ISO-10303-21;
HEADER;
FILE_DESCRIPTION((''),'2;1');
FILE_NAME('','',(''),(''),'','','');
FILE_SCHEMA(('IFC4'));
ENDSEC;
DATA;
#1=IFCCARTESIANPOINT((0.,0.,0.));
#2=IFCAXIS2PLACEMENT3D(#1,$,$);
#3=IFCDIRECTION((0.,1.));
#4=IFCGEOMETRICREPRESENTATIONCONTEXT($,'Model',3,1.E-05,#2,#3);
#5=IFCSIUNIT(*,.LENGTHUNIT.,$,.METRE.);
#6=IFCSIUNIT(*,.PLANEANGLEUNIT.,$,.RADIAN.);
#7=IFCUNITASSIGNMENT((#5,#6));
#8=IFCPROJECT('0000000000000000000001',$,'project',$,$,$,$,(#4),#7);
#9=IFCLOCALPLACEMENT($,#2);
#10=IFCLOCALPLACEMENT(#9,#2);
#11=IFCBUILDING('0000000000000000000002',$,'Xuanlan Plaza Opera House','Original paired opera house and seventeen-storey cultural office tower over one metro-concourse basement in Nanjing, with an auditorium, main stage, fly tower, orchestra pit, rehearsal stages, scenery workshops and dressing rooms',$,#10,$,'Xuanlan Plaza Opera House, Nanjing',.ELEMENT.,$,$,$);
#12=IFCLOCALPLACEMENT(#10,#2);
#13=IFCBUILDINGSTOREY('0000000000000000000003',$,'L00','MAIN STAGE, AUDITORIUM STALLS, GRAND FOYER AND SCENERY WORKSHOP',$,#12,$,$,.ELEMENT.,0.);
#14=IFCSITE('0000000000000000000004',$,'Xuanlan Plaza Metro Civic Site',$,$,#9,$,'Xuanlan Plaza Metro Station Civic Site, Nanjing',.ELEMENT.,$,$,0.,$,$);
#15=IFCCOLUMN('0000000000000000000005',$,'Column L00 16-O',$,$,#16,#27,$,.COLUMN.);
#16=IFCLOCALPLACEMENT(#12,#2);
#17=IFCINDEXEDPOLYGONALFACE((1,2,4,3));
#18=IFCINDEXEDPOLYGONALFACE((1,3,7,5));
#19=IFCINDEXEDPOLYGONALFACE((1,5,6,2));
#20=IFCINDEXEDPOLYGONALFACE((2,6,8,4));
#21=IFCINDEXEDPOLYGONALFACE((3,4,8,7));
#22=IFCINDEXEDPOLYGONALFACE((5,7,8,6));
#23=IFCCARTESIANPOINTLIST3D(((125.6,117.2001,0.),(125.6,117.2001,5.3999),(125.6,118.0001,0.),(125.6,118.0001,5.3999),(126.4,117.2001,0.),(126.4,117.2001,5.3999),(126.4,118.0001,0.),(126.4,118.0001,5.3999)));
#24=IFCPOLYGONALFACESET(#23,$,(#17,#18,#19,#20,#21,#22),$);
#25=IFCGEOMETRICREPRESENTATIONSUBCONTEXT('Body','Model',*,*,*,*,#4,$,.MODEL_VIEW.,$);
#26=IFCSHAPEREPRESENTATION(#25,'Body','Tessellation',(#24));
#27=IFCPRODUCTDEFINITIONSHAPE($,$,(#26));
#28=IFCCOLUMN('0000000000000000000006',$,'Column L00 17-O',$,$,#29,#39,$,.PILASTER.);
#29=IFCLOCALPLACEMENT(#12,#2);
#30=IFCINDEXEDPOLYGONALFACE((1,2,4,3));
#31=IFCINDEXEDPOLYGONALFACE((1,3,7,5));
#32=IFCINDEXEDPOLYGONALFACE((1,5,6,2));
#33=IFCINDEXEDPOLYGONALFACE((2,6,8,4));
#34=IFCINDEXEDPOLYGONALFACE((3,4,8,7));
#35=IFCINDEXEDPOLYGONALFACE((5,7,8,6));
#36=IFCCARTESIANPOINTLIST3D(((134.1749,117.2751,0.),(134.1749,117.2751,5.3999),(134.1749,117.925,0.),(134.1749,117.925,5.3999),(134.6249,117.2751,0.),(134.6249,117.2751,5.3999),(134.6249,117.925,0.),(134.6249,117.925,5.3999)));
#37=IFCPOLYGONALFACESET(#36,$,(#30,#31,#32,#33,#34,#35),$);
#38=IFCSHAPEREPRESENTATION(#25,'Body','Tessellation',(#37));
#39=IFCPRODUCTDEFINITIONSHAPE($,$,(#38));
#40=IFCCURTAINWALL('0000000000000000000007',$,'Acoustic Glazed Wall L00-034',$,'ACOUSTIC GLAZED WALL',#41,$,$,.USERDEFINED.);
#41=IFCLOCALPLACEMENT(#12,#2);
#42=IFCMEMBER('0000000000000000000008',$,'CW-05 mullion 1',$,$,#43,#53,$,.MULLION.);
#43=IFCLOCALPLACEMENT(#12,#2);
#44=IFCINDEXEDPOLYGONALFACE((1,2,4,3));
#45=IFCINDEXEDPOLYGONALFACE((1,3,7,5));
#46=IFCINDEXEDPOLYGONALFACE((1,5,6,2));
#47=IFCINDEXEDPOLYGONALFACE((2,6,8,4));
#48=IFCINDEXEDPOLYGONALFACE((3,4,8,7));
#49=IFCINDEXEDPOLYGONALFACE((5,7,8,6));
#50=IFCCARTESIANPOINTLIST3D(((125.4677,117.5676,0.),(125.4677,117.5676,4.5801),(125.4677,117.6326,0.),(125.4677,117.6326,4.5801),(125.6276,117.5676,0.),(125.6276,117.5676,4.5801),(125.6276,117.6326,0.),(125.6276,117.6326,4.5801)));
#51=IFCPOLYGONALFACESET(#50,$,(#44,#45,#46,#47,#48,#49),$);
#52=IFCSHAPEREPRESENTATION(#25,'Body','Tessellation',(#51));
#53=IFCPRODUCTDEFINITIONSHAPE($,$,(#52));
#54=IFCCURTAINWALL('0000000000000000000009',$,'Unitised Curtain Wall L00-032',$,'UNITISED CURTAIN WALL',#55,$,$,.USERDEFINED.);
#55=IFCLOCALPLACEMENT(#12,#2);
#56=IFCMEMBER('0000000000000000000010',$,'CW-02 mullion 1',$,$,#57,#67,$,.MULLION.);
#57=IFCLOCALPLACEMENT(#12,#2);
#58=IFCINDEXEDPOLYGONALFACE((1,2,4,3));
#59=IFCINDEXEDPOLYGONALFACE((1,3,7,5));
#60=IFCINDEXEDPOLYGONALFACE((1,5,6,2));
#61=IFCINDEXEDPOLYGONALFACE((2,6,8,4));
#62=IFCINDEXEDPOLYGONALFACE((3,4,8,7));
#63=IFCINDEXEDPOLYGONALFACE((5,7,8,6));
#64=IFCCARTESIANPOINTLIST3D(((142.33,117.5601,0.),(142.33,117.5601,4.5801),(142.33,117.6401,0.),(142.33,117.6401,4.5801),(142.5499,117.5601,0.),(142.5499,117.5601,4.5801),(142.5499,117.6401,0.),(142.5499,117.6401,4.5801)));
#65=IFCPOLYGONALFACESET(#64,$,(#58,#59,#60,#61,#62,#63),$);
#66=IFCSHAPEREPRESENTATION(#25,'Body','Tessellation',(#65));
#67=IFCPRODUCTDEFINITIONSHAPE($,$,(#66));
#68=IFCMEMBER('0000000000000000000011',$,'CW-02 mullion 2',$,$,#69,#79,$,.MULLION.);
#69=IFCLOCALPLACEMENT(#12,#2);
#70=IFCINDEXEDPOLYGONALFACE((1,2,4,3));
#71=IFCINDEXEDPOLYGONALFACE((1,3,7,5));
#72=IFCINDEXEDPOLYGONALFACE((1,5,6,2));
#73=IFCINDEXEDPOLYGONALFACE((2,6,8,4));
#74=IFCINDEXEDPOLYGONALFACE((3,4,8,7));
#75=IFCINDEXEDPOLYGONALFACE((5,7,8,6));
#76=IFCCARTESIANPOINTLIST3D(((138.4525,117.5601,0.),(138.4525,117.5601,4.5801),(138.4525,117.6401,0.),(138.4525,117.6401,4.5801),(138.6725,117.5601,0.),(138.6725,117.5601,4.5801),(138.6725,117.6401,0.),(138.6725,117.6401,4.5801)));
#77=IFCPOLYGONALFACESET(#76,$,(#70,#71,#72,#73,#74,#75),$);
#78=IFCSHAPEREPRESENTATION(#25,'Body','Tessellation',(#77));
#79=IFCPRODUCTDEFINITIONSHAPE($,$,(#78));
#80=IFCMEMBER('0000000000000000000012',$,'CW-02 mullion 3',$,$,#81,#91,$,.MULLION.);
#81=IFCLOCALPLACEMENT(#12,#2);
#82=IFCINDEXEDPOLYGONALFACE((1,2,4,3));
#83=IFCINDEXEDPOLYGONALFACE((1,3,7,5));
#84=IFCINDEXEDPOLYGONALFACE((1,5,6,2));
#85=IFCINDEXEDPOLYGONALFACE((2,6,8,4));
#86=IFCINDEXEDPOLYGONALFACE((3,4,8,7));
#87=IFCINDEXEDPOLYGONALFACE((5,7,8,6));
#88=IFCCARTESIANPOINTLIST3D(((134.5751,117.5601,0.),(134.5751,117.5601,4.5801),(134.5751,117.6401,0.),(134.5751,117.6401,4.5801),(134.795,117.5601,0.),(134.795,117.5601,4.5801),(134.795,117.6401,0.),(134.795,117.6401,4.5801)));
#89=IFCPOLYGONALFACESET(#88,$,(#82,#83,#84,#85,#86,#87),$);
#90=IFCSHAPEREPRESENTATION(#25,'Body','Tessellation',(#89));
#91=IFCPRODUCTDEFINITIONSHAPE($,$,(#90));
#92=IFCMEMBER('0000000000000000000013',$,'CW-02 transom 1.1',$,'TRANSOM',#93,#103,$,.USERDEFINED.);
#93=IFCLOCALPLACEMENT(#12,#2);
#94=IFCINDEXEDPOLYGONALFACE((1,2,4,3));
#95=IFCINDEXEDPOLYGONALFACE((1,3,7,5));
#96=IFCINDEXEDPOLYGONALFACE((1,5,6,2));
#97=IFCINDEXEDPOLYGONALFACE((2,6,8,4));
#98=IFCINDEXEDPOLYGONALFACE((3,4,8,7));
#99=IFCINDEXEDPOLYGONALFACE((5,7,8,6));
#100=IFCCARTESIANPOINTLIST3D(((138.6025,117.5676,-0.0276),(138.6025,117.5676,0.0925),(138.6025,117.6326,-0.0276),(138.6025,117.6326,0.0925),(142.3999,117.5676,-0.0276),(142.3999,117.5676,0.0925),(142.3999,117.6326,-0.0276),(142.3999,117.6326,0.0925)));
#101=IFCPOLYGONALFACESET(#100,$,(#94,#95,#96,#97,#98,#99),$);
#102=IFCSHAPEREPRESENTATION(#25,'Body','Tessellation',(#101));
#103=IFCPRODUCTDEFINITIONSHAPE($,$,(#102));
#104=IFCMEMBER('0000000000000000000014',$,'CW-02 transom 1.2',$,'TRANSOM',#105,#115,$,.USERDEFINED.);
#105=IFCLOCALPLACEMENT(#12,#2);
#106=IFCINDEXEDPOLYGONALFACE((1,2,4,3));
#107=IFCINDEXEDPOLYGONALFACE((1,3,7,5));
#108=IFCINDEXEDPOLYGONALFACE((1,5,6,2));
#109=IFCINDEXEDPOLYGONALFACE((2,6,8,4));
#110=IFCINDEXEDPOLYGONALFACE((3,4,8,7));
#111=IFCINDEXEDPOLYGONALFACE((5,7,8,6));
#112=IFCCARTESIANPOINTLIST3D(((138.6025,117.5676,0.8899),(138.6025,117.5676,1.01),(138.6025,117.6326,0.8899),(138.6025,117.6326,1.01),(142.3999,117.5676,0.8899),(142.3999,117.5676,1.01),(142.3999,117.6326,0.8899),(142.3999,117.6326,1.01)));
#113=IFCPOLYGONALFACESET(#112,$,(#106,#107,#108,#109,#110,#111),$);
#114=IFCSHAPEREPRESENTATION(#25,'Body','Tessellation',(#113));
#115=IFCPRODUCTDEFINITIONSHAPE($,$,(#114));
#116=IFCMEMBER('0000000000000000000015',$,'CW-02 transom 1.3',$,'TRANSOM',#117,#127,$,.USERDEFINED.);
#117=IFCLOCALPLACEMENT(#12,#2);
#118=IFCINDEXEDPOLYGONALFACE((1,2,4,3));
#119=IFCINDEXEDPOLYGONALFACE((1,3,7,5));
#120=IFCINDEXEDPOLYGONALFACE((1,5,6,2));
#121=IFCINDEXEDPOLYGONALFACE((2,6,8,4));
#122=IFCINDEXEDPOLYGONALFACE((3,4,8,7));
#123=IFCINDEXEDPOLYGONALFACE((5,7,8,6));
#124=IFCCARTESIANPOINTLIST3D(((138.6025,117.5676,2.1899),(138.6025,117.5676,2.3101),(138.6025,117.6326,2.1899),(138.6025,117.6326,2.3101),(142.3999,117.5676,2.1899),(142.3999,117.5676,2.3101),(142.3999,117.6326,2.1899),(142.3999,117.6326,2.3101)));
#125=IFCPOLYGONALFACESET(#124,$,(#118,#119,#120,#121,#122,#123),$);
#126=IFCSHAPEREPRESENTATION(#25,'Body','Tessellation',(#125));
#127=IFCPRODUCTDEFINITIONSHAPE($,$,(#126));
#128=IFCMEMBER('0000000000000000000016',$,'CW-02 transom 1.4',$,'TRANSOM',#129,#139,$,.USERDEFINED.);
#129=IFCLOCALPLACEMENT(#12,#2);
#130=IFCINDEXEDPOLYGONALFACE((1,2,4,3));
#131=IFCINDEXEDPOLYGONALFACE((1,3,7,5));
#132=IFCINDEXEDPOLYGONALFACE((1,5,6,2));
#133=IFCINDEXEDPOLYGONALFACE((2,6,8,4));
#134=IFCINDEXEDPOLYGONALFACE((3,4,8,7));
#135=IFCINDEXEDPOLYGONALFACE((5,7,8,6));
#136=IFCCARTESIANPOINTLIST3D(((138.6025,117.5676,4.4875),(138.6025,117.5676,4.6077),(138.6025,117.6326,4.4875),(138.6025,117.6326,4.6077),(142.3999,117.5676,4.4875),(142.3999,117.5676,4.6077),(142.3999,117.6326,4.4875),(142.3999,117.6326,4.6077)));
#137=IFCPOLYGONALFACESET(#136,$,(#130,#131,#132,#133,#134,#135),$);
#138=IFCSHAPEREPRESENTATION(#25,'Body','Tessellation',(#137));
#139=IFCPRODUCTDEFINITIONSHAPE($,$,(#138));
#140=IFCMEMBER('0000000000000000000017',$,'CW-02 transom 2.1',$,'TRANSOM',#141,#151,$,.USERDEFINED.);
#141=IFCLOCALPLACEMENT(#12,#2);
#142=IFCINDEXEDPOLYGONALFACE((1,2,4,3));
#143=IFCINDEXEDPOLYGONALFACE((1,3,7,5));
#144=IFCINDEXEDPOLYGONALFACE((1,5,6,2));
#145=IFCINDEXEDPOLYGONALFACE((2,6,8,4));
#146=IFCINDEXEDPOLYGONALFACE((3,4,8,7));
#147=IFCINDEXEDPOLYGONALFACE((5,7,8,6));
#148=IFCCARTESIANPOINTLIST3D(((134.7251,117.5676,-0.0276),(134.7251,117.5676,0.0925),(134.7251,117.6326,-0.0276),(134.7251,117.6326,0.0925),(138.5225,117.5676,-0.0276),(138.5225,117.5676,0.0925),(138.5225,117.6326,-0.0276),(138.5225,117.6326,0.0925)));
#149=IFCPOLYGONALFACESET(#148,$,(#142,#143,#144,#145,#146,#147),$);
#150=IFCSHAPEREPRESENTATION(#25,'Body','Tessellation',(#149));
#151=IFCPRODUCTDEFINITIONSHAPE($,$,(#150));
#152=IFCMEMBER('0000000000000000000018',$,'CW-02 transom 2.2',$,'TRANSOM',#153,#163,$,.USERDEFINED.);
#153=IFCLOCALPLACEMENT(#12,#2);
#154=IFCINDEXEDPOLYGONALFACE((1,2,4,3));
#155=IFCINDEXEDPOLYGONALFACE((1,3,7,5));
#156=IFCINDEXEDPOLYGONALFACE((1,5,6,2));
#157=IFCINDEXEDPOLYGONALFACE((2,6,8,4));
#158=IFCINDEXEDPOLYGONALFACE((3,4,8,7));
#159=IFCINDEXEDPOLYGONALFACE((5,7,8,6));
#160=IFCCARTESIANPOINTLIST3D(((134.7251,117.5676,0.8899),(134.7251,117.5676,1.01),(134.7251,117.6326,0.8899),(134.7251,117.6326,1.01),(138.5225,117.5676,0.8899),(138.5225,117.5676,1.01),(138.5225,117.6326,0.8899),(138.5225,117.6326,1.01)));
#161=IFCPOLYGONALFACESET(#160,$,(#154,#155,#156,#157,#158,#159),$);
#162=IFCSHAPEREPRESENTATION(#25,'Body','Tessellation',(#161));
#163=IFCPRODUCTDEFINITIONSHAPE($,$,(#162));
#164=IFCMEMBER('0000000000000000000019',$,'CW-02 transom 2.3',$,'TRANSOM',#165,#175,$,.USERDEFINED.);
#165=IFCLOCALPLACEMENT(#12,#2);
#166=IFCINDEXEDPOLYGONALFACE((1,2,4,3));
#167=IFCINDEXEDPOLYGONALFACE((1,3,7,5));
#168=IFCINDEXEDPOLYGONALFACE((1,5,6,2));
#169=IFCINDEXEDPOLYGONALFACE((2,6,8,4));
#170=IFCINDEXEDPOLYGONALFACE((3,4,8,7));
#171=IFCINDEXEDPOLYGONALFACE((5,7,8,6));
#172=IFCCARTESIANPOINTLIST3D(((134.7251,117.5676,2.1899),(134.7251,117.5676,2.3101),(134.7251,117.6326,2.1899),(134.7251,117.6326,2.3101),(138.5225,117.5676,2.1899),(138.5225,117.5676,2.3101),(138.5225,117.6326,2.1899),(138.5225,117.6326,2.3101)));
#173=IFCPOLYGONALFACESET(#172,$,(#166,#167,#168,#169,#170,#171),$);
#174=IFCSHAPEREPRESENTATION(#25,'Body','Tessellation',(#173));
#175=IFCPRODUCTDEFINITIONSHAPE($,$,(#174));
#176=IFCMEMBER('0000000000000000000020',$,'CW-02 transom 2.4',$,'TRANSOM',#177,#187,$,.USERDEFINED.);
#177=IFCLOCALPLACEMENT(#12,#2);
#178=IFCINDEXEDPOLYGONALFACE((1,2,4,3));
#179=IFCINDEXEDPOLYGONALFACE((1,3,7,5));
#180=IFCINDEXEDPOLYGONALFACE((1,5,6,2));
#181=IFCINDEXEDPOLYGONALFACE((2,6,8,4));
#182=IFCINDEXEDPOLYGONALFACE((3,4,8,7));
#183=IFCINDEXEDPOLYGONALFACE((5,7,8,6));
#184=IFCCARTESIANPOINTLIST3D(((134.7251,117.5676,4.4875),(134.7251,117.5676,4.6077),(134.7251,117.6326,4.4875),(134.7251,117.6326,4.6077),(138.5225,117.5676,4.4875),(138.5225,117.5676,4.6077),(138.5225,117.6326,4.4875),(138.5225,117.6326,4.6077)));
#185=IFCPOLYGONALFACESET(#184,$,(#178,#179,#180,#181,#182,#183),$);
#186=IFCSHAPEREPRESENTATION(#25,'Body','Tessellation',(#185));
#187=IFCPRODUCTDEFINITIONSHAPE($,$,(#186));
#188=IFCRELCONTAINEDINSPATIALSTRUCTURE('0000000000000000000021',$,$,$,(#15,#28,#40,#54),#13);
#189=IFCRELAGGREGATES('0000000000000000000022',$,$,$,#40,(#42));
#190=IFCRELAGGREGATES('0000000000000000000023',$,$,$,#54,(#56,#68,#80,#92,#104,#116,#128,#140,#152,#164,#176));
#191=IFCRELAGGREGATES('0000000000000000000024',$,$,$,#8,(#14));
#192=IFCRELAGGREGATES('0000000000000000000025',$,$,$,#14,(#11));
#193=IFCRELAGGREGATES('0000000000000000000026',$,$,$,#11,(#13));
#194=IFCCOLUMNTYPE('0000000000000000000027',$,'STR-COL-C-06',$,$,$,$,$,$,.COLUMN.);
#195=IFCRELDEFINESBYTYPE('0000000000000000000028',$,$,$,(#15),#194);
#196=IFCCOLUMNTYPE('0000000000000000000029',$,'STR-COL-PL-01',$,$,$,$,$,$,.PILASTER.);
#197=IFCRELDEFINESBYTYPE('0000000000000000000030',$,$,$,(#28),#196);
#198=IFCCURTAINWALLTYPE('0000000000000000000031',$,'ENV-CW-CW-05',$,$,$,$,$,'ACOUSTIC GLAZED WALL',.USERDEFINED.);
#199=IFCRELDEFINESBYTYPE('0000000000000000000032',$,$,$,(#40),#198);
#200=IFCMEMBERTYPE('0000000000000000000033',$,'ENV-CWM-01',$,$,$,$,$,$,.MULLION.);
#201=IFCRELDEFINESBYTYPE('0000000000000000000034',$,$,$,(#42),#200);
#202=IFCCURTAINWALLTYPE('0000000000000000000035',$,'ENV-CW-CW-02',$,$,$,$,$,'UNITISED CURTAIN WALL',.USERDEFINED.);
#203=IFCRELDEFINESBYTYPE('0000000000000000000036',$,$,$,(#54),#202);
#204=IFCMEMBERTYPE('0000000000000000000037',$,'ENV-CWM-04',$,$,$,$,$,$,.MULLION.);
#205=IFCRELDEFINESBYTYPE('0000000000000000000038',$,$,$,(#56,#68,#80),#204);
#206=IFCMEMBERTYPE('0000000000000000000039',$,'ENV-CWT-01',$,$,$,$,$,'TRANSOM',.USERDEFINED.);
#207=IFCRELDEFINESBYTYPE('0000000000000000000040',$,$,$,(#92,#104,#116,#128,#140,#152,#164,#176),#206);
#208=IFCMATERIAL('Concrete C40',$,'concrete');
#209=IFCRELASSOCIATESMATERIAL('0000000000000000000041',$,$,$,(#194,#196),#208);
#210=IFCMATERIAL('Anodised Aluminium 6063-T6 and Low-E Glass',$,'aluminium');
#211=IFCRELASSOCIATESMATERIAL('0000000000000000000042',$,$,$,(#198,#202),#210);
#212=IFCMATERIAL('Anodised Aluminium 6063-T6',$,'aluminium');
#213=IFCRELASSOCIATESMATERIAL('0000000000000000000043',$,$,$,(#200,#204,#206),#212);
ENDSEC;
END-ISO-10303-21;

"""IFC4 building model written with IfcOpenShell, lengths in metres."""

from ifc_helpers import new_model, si_unit, direction, frame, origin, origin_2d, place, context, subcontext, project, spatial, rectangle, extrude, material, material_profile, profile_set, type_object, element, aggregate, save


model = new_model("IFC4")

# Units and contexts
model_context = context("Model", 3, precision=1e-05, world=origin(), true_north=direction((0.0, 1.0)))
body_context = subcontext(model_context, "Body", "Model", "MODEL_VIEW")
ifc_project = project(units=[si_unit("LENGTHUNIT", "METRE"), si_unit("PLANEANGLEUNIT", "RADIAN")], contexts=[model_context])

# Site, building, storey
site_placement = place(None, origin())
site = spatial("IfcSite", under=ifc_project, at=site_placement, Name="Xuanlan Plaza Metro Civic Site", LongName="Xuanlan Plaza Metro Station Civic Site, Nanjing", CompositionType="ELEMENT", RefElevation=0.0)
building_placement = place(site_placement, origin())
building = spatial("IfcBuilding", under=site, at=building_placement, Name="Xuanlan Plaza Opera House", Description="Original paired opera house and seventeen-storey cultural office tower over one metro-concourse basement in Nanjing, with an auditorium, main stage, fly tower, orchestra pit, rehearsal stages, scenery workshops and dressing rooms", LongName="Xuanlan Plaza Opera House, Nanjing", CompositionType="ELEMENT")
storey_placement = place(building_placement, origin())
storey = spatial("IfcBuildingStorey", under=building, at=storey_placement, Name="L00", Description="MAIN STAGE, AUDITORIUM STALLS, GRAND FOYER AND SCENERY WORKSHOP", CompositionType="ELEMENT", Elevation=0.0)

# Columns
ifc_material_1 = material(Name="Concrete C40", Category="concrete")
ifc_material_profile_1 = material_profile(ifc_material_1, rectangle(XDim=0.8, YDim=0.8, at=origin_2d()), Name="RC-COL 800x800")
ifc_profile_set_1 = profile_set([ifc_material_profile_1], Name="Concrete C40")
column_type_1 = type_object("IfcColumnType", Name="STR-COL-C-06", PredefinedType="COLUMN", material=ifc_profile_set_1)
column_1_placement = place(storey_placement, frame((126.0, 117.6001, 0.0), z_axis=(0.0, 0.0, 1.0), x_axis=(1.0, 0.0, 0.0)))
element("IfcColumn", 1, at=column_1_placement, inside=storey, type_object=column_type_1, Name="Column L00 16-O", PredefinedType="COLUMN", context=body_context, shape_type="SweptSolid", body=[
    extrude(rectangle(XDim=0.8, YDim=0.8, at=origin_2d()), origin(), (0.0, 0.0, 1.0), 5.3999),
])
ifc_material_profile_2 = material_profile(ifc_material_1, rectangle(XDim=0.45, YDim=0.6499, at=origin_2d()), Name="RC-PIL 450x650")
ifc_profile_set_2 = profile_set([ifc_material_profile_2], Name="Concrete C40")
column_type_2 = type_object("IfcColumnType", Name="STR-COL-PL-01", PredefinedType="PILASTER", material=ifc_profile_set_2)
column_2_placement = place(storey_placement, frame((134.3999, 117.6001, 0.0), z_axis=(0.0, 0.0, 1.0), x_axis=(1.0, 0.0, 0.0)))
element("IfcColumn", 2, at=column_2_placement, inside=storey, type_object=column_type_2, Name="Column L00 17-O", PredefinedType="PILASTER", context=body_context, shape_type="SweptSolid", body=[
    extrude(rectangle(XDim=0.45, YDim=0.6499, at=origin_2d()), origin(), (0.0, 0.0, 1.0), 5.3999),
])

# Curtain wall, member
ifc_material_2 = material(Name="Anodised Aluminium 6063-T6 and Low-E Glass", Category="aluminium")
curtain_wall_type_1 = type_object("IfcCurtainWallType", Name="ENV-CW-CW-05", ElementType="ACOUSTIC GLAZED WALL", PredefinedType="USERDEFINED", material=ifc_material_2)
curtain_wall_1_placement = place(storey_placement, origin())
curtain_wall_1 = element("IfcCurtainWall", 3, at=curtain_wall_1_placement, inside=storey, type_object=curtain_wall_type_1, Name="Acoustic Glazed Wall L00-034", ObjectType="ACOUSTIC GLAZED WALL", PredefinedType="USERDEFINED")
ifc_material_3 = material(Name="Anodised Aluminium 6063-T6", Category="aluminium")
ifc_material_profile_3 = material_profile(ifc_material_3, rectangle(XDim=0.0649, YDim=0.1599, at=origin_2d()), Name="ALU-M 65x160")
ifc_profile_set_3 = profile_set([ifc_material_profile_3], Name="Anodised Aluminium 6063-T6")
member_type_1 = type_object("IfcMemberType", Name="ENV-CWM-01", PredefinedType="MULLION", material=ifc_profile_set_3)
member_1_placement = place(storey_placement, frame((125.5476, 117.6001, 0.0), z_axis=(0.0, 0.0, 1.0), x_axis=(0.0, -1.0, 0.0)))
member_1 = element("IfcMember", 4, at=member_1_placement, type_object=member_type_1, Name="CW-05 mullion 1", PredefinedType="MULLION", context=body_context, shape_type="SweptSolid", body=[
    extrude(rectangle(XDim=0.0649, YDim=0.1599, at=origin_2d()), origin(), (0.0, 0.0, 1.0), 4.5801),
])
aggregate(curtain_wall_1, [member_1])

# Curtain wall, members
curtain_wall_type_2 = type_object("IfcCurtainWallType", Name="ENV-CW-CW-02", ElementType="UNITISED CURTAIN WALL", PredefinedType="USERDEFINED", material=ifc_material_2)
curtain_wall_2_placement = place(storey_placement, origin())
curtain_wall_2 = element("IfcCurtainWall", 5, at=curtain_wall_2_placement, inside=storey, type_object=curtain_wall_type_2, Name="Unitised Curtain Wall L00-032", ObjectType="UNITISED CURTAIN WALL", PredefinedType="USERDEFINED")
ifc_material_profile_4 = material_profile(ifc_material_3, rectangle(XDim=0.0801, YDim=0.22, at=origin_2d()), Name="ALU-M 80x220")
ifc_profile_set_4 = profile_set([ifc_material_profile_4], Name="Anodised Aluminium 6063-T6")
member_type_2 = type_object("IfcMemberType", Name="ENV-CWM-04", PredefinedType="MULLION", material=ifc_profile_set_4)
member_2_placement = place(storey_placement, frame((142.4399, 117.6001, 0.0), z_axis=(0.0, 0.0, 1.0), x_axis=(0.0, -1.0, 0.0)))
member_2 = element("IfcMember", 6, at=member_2_placement, type_object=member_type_2, Name="CW-02 mullion 1", PredefinedType="MULLION", context=body_context, shape_type="SweptSolid", body=[
    extrude(rectangle(XDim=0.0801, YDim=0.22, at=origin_2d()), origin(), (0.0, 0.0, 1.0), 4.5801),
])
member_3_placement = place(storey_placement, frame((138.5625, 117.6001, 0.0), z_axis=(0.0, 0.0, 1.0), x_axis=(0.0, -1.0, 0.0)))
member_3 = element("IfcMember", 7, at=member_3_placement, type_object=member_type_2, Name="CW-02 mullion 2", PredefinedType="MULLION", context=body_context, shape_type="SweptSolid", body=[
    extrude(rectangle(XDim=0.0801, YDim=0.22, at=origin_2d()), origin(), (0.0, 0.0, 1.0), 4.5801),
])
member_4_placement = place(storey_placement, frame((134.6851, 117.6001, 0.0), z_axis=(0.0, 0.0, 1.0), x_axis=(0.0, -1.0, 0.0)))
member_4 = element("IfcMember", 8, at=member_4_placement, type_object=member_type_2, Name="CW-02 mullion 3", PredefinedType="MULLION", context=body_context, shape_type="SweptSolid", body=[
    extrude(rectangle(XDim=0.0801, YDim=0.22, at=origin_2d()), origin(), (0.0, 0.0, 1.0), 4.5801),
])
ifc_material_profile_5 = material_profile(ifc_material_3, rectangle(XDim=0.0649, YDim=0.1201, at=origin_2d()), Name="ALU-T 65x120")
ifc_profile_set_5 = profile_set([ifc_material_profile_5], Name="Anodised Aluminium 6063-T6")
member_type_3 = type_object("IfcMemberType", Name="ENV-CWT-01", ElementType="TRANSOM", PredefinedType="USERDEFINED", material=ifc_profile_set_5)
member_5_placement = place(storey_placement, frame((142.3999, 117.6001, 0.0325), z_axis=(-1.0, 0.0, 0.0), x_axis=(0.0, -1.0, 0.0)))
member_5 = element("IfcMember", 9, at=member_5_placement, type_object=member_type_3, Name="CW-02 transom 1.1", ObjectType="TRANSOM", PredefinedType="USERDEFINED", context=body_context, shape_type="SweptSolid", body=[
    extrude(rectangle(XDim=0.0649, YDim=0.1201, at=origin_2d()), origin(), (0.0, 0.0, 1.0), 3.7974),
])
member_6_placement = place(storey_placement, frame((142.3999, 117.6001, 0.95), z_axis=(-1.0, 0.0, 0.0), x_axis=(0.0, -1.0, 0.0)))
member_6 = element("IfcMember", 10, at=member_6_placement, type_object=member_type_3, Name="CW-02 transom 1.2", ObjectType="TRANSOM", PredefinedType="USERDEFINED", context=body_context, shape_type="SweptSolid", body=[
    extrude(rectangle(XDim=0.0649, YDim=0.1201, at=origin_2d()), origin(), (0.0, 0.0, 1.0), 3.7974),
])
member_7_placement = place(storey_placement, frame((142.3999, 117.6001, 2.25), z_axis=(-1.0, 0.0, 0.0), x_axis=(0.0, -1.0, 0.0)))
member_7 = element("IfcMember", 11, at=member_7_placement, type_object=member_type_3, Name="CW-02 transom 1.3", ObjectType="TRANSOM", PredefinedType="USERDEFINED", context=body_context, shape_type="SweptSolid", body=[
    extrude(rectangle(XDim=0.0649, YDim=0.1201, at=origin_2d()), origin(), (0.0, 0.0, 1.0), 3.7974),
])
member_8_placement = place(storey_placement, frame((142.3999, 117.6001, 4.5476), z_axis=(-1.0, 0.0, 0.0), x_axis=(0.0, -1.0, 0.0)))
member_8 = element("IfcMember", 12, at=member_8_placement, type_object=member_type_3, Name="CW-02 transom 1.4", ObjectType="TRANSOM", PredefinedType="USERDEFINED", context=body_context, shape_type="SweptSolid", body=[
    extrude(rectangle(XDim=0.0649, YDim=0.1201, at=origin_2d()), origin(), (0.0, 0.0, 1.0), 3.7974),
])
member_9_placement = place(storey_placement, frame((138.5225, 117.6001, 0.0325), z_axis=(-1.0, 0.0, 0.0), x_axis=(0.0, -1.0, 0.0)))
member_9 = element("IfcMember", 13, at=member_9_placement, type_object=member_type_3, Name="CW-02 transom 2.1", ObjectType="TRANSOM", PredefinedType="USERDEFINED", context=body_context, shape_type="SweptSolid", body=[
    extrude(rectangle(XDim=0.0649, YDim=0.1201, at=origin_2d()), origin(), (0.0, 0.0, 1.0), 3.7974),
])
member_10_placement = place(storey_placement, frame((138.5225, 117.6001, 0.95), z_axis=(-1.0, 0.0, 0.0), x_axis=(0.0, -1.0, 0.0)))
member_10 = element("IfcMember", 14, at=member_10_placement, type_object=member_type_3, Name="CW-02 transom 2.2", ObjectType="TRANSOM", PredefinedType="USERDEFINED", context=body_context, shape_type="SweptSolid", body=[
    extrude(rectangle(XDim=0.0649, YDim=0.1201, at=origin_2d()), origin(), (0.0, 0.0, 1.0), 3.7974),
])
member_11_placement = place(storey_placement, frame((138.5225, 117.6001, 2.25), z_axis=(-1.0, 0.0, 0.0), x_axis=(0.0, -1.0, 0.0)))
member_11 = element("IfcMember", 15, at=member_11_placement, type_object=member_type_3, Name="CW-02 transom 2.3", ObjectType="TRANSOM", PredefinedType="USERDEFINED", context=body_context, shape_type="SweptSolid", body=[
    extrude(rectangle(XDim=0.0649, YDim=0.1201, at=origin_2d()), origin(), (0.0, 0.0, 1.0), 3.7974),
])
member_12_placement = place(storey_placement, frame((138.5225, 117.6001, 4.5476), z_axis=(-1.0, 0.0, 0.0), x_axis=(0.0, -1.0, 0.0)))
member_12 = element("IfcMember", 16, at=member_12_placement, type_object=member_type_3, Name="CW-02 transom 2.4", ObjectType="TRANSOM", PredefinedType="USERDEFINED", context=body_context, shape_type="SweptSolid", body=[
    extrude(rectangle(XDim=0.0649, YDim=0.1201, at=origin_2d()), origin(), (0.0, 0.0, 1.0), 3.7974),
])

aggregate(curtain_wall_2, [member_2, member_3, member_4, member_5, member_6, member_7, member_8, member_9, member_10, member_11, member_12])

save(model, "model.ifc")
